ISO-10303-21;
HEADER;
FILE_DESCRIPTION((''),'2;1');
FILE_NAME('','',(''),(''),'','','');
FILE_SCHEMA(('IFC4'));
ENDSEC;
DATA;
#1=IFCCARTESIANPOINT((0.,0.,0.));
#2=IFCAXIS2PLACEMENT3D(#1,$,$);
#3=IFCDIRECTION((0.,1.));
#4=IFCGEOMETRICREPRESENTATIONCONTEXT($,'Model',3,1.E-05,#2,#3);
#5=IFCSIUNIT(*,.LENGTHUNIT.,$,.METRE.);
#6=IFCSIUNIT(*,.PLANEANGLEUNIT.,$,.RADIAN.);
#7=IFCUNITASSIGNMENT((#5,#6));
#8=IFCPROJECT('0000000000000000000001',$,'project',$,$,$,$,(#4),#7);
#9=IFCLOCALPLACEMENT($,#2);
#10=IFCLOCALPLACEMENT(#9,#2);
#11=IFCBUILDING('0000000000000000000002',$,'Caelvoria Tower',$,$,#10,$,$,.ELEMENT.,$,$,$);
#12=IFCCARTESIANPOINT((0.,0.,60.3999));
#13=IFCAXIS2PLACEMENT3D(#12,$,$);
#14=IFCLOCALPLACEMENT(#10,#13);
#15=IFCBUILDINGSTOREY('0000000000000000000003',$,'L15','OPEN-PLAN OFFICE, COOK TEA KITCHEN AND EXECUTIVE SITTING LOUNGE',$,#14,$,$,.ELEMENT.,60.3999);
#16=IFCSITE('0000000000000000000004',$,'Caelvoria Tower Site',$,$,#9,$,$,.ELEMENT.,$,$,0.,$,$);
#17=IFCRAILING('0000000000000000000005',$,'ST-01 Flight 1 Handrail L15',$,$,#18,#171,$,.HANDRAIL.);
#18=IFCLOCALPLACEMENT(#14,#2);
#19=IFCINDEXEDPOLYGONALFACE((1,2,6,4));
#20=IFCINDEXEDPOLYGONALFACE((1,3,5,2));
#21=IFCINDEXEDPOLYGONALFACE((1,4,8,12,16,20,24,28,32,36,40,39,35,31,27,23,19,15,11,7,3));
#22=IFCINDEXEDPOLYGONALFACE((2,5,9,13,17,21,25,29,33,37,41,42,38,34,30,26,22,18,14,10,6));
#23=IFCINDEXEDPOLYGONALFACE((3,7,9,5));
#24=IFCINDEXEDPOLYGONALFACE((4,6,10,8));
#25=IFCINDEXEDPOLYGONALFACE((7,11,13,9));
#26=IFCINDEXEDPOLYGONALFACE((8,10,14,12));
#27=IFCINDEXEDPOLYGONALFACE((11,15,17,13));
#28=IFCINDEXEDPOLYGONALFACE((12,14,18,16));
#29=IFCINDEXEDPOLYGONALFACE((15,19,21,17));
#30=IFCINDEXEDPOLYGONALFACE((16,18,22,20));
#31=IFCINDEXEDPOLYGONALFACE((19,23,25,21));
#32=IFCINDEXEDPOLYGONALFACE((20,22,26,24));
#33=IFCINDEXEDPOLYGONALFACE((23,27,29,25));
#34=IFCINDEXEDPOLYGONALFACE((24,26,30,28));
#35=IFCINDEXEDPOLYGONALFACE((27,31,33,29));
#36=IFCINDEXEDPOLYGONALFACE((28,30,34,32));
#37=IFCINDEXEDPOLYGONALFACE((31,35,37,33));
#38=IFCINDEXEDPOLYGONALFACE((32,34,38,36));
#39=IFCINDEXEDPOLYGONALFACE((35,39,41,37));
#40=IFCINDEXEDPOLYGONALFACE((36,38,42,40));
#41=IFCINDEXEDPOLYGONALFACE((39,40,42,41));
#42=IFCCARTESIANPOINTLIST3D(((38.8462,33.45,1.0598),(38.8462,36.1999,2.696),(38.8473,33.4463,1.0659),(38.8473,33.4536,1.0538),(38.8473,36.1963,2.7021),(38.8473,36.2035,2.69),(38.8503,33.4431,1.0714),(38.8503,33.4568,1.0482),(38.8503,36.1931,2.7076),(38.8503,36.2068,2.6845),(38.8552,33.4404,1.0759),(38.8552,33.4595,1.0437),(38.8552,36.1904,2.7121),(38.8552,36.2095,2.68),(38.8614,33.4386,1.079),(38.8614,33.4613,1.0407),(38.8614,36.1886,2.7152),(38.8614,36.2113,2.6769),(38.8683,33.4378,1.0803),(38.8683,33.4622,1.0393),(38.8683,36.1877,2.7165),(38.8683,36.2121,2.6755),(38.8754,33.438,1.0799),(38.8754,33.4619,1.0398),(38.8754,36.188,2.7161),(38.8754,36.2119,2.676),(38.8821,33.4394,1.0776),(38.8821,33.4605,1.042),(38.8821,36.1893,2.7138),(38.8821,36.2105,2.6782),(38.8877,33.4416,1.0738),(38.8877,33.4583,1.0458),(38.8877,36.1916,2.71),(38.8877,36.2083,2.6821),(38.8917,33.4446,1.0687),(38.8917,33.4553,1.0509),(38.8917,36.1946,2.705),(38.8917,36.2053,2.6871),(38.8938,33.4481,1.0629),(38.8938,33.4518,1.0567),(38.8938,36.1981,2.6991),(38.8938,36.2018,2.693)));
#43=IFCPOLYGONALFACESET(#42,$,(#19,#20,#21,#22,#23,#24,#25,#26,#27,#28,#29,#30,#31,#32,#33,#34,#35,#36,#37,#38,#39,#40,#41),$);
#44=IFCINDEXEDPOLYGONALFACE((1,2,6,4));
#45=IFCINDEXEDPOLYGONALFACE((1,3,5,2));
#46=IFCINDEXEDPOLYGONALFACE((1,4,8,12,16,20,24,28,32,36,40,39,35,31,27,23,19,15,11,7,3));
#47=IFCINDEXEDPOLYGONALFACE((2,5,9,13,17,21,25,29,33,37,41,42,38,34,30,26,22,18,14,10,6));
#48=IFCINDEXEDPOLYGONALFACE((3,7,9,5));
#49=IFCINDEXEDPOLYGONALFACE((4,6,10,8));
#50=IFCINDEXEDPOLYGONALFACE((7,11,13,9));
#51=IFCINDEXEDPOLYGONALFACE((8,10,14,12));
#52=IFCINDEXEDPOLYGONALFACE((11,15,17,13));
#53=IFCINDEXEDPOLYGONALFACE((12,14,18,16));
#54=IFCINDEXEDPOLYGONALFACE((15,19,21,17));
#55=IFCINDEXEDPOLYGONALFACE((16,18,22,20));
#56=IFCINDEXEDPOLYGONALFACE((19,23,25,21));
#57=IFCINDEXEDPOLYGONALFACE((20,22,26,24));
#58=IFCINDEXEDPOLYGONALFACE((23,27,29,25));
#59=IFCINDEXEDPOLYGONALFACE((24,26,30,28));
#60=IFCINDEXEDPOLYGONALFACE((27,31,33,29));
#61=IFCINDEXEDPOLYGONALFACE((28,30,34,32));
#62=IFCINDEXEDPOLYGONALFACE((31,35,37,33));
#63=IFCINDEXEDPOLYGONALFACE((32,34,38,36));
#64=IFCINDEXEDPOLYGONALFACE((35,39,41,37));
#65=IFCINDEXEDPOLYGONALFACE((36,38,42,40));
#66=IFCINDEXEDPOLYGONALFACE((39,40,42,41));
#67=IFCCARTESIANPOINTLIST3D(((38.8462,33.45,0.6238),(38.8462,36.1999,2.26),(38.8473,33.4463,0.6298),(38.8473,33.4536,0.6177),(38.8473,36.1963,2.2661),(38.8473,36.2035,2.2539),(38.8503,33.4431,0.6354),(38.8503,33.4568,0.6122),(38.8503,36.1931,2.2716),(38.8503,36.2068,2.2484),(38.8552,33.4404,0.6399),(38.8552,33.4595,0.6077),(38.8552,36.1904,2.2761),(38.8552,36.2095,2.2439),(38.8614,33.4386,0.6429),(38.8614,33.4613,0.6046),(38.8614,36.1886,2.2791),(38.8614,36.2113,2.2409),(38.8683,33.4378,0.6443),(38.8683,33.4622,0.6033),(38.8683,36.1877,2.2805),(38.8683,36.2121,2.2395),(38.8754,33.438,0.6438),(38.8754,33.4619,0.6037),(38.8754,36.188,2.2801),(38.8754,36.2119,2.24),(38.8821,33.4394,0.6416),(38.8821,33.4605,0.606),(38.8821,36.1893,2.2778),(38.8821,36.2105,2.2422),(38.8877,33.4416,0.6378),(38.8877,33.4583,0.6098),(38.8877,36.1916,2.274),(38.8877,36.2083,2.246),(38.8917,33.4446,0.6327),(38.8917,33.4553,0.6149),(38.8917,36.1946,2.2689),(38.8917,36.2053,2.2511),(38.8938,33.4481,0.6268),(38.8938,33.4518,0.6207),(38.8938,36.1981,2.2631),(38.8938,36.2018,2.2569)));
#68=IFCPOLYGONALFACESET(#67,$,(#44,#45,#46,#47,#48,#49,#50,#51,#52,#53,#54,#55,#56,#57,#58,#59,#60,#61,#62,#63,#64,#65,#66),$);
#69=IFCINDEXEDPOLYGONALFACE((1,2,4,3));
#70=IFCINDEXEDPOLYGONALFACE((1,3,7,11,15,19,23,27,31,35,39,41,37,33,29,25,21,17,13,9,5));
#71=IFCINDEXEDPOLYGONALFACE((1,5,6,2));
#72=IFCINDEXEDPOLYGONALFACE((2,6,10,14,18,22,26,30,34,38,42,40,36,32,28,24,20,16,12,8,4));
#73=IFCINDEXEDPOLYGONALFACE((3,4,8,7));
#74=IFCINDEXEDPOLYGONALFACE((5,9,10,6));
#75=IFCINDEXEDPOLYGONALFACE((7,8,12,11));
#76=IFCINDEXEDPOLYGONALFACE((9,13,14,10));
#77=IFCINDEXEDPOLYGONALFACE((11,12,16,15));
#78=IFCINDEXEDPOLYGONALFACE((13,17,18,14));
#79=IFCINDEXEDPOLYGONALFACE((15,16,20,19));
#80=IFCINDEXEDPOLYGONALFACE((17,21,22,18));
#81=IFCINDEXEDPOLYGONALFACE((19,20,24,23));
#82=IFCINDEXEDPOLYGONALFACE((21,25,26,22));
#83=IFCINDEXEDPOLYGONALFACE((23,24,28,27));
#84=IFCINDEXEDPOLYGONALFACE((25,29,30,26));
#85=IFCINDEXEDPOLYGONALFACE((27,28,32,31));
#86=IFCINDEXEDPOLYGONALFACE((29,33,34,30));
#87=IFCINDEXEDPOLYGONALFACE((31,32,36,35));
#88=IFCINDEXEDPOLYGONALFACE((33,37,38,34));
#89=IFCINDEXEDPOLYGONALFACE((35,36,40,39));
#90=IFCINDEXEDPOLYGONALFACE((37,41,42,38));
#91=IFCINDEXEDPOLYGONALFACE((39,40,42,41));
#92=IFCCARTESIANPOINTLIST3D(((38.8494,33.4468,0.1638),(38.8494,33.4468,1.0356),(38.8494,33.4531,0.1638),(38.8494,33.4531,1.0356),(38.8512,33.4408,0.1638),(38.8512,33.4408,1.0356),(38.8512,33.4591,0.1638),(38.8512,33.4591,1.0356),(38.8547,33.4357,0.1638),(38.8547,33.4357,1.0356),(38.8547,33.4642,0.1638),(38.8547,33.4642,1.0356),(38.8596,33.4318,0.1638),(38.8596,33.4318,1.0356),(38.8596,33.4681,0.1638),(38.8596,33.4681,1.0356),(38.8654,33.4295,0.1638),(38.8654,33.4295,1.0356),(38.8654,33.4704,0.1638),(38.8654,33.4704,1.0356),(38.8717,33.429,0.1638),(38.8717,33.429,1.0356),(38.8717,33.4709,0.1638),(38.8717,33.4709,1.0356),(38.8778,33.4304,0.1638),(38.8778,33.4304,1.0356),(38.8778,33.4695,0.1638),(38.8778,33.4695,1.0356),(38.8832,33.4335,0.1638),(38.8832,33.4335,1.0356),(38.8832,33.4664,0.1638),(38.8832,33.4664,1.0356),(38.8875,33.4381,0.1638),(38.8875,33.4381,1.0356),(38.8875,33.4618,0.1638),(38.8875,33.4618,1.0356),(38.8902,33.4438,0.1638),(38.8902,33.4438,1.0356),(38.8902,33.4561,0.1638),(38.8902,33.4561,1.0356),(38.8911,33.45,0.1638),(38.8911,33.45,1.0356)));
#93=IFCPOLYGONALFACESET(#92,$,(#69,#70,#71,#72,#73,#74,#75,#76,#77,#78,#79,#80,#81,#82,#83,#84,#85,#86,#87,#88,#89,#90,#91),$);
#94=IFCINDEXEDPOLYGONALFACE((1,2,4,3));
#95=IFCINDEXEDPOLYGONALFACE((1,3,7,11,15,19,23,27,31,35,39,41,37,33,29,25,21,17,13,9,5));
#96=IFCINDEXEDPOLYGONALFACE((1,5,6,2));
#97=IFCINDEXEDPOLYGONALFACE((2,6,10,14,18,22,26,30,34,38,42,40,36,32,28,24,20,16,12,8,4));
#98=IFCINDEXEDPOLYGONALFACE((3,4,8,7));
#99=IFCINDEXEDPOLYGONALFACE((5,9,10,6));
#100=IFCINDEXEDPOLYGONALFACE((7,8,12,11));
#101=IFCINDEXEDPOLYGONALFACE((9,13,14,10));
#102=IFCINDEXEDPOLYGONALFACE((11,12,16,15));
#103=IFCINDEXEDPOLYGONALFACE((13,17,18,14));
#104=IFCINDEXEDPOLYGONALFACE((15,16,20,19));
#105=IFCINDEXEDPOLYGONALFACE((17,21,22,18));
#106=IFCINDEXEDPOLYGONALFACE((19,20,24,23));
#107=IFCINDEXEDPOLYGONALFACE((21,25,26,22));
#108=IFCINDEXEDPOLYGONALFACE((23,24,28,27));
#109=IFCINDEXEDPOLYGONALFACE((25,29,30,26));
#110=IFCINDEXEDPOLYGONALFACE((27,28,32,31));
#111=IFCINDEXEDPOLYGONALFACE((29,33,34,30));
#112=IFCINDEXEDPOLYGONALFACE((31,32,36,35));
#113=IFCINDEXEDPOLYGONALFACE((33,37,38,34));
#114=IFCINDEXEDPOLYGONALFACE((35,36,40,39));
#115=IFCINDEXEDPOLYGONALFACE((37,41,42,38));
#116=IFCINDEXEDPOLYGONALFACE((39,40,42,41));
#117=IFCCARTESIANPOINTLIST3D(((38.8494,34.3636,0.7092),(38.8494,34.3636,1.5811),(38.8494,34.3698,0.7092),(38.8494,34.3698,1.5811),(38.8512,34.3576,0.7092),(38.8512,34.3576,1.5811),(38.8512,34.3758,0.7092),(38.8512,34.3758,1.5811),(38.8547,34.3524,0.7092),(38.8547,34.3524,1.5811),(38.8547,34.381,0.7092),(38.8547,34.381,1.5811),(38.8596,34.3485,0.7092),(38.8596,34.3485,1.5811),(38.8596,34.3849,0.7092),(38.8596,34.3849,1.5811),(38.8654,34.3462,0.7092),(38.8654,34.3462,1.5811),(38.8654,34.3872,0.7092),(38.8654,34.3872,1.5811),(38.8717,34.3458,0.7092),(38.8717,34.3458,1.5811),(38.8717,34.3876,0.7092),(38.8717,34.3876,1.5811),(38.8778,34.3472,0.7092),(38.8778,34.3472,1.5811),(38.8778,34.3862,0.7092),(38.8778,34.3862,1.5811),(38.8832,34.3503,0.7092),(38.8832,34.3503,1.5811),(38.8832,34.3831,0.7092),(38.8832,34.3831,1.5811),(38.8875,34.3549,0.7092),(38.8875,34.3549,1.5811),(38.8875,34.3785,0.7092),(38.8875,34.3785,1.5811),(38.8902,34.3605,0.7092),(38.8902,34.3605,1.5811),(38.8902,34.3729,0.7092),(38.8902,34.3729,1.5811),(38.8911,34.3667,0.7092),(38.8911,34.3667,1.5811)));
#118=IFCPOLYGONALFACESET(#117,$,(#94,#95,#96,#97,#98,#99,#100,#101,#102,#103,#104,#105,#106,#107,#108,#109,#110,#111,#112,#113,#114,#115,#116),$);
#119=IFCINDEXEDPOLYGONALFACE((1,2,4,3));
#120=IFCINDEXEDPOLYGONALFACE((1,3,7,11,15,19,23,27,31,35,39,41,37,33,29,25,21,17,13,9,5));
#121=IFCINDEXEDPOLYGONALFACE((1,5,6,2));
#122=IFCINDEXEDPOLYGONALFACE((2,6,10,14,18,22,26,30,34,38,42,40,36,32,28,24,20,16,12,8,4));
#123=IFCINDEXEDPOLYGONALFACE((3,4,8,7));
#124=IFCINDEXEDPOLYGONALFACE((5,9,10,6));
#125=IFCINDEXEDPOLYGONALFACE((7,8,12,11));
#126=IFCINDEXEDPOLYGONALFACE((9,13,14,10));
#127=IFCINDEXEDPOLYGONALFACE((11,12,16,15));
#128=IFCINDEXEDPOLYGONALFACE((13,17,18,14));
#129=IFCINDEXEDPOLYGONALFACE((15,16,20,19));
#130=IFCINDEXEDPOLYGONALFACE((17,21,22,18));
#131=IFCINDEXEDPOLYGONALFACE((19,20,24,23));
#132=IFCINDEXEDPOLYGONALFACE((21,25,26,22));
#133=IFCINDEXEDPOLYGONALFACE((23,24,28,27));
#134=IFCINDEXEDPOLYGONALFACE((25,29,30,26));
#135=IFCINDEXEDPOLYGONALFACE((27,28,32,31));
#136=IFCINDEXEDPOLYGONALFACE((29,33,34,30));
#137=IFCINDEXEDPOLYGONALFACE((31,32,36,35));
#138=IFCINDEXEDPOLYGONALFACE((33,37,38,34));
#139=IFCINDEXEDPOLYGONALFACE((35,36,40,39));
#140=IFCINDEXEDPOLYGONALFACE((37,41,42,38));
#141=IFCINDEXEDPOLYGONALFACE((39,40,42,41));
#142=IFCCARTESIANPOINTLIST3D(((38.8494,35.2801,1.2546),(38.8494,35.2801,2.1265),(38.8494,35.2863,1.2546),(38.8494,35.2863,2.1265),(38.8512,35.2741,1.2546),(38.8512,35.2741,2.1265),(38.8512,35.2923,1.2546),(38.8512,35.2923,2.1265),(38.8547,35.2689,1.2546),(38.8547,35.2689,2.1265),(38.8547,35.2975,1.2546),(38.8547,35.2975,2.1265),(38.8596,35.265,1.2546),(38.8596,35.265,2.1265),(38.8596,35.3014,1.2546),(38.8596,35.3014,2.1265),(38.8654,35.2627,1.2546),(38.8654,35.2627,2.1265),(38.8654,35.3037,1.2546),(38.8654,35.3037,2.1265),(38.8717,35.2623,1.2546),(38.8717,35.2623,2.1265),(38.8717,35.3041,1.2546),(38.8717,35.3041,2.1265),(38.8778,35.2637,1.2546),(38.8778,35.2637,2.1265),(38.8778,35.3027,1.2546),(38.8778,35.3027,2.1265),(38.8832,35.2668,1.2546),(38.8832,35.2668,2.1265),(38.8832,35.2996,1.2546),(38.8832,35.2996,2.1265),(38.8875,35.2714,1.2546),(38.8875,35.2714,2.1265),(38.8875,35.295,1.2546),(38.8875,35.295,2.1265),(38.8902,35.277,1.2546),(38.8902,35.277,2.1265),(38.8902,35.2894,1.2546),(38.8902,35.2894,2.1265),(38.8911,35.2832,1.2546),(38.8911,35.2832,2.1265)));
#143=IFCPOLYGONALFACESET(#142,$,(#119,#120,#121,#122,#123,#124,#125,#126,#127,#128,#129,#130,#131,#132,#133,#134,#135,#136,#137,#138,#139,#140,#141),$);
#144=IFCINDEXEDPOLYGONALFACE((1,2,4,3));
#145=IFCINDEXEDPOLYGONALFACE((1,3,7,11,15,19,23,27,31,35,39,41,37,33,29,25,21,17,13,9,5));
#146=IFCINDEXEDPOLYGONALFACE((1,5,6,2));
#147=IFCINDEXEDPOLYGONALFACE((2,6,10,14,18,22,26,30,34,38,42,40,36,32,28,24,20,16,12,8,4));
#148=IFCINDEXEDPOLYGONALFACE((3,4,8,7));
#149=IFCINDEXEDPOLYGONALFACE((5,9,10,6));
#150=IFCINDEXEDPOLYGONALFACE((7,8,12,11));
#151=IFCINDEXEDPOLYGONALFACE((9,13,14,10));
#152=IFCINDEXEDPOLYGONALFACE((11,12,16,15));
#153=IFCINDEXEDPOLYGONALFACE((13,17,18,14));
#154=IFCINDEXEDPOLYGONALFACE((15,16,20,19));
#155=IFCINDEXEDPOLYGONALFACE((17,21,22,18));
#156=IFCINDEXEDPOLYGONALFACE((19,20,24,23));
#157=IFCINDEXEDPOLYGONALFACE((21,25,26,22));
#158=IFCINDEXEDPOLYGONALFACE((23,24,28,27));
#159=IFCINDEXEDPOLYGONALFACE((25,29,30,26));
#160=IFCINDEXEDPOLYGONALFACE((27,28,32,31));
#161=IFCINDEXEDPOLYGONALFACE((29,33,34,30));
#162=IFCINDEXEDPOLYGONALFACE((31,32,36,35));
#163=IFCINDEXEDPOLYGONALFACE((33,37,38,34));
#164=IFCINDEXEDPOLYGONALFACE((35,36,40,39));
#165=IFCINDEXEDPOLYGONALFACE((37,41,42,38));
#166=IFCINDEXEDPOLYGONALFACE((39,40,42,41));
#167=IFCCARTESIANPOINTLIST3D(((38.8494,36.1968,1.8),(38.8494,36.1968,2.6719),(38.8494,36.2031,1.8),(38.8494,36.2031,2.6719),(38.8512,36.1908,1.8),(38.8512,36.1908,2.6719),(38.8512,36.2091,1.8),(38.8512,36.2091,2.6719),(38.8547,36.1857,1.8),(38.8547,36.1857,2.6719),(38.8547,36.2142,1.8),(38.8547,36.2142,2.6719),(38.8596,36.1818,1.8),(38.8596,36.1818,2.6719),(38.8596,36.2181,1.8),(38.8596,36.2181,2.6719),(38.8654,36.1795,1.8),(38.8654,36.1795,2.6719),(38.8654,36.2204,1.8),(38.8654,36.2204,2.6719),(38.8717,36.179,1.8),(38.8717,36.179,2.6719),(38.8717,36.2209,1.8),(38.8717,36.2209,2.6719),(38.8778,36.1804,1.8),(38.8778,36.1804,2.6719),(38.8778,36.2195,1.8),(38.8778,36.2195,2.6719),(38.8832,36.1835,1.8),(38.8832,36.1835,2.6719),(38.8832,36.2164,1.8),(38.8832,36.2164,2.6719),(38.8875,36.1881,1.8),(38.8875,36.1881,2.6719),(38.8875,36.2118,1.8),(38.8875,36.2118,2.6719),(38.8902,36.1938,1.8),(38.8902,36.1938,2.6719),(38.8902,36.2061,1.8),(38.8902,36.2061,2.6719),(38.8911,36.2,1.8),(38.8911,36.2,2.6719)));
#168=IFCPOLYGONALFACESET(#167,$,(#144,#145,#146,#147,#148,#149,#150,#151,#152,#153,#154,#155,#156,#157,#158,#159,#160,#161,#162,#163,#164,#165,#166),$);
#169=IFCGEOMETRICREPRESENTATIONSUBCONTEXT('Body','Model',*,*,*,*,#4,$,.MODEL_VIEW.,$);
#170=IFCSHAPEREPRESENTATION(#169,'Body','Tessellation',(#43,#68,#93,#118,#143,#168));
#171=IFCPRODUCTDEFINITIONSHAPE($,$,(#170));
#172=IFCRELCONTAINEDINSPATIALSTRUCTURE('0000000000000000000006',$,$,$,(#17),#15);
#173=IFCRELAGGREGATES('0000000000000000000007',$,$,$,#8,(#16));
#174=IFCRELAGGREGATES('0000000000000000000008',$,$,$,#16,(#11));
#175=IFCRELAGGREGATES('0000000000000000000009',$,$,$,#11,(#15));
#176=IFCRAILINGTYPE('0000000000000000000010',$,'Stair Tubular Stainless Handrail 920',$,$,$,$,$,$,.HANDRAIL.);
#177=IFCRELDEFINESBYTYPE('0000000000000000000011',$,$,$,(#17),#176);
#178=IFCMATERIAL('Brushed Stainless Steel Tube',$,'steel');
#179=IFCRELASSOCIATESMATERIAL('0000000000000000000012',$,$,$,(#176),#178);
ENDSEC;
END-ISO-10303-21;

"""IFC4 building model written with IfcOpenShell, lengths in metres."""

from ifc_helpers import new_model, si_unit, direction, frame, origin, origin_2d, place, context, subcontext, project, spatial, circle, extrude, material, type_object, element, save


model = new_model("IFC4")

# Units and contexts
model_context = context("Model", 3, precision=1e-05, world=origin(), true_north=direction((0.0, 1.0)))
body_context = subcontext(model_context, "Body", "Model", "MODEL_VIEW")
ifc_project = project(units=[si_unit("LENGTHUNIT", "METRE"), si_unit("PLANEANGLEUNIT", "RADIAN")], contexts=[model_context])

# Site, building, storey
site_placement = place(None, origin())
site = spatial("IfcSite", under=ifc_project, at=site_placement, Name="Caelvoria Tower Site", CompositionType="ELEMENT", RefElevation=0.0)
building_placement = place(site_placement, origin())
building = spatial("IfcBuilding", under=site, at=building_placement, Name="Caelvoria Tower", CompositionType="ELEMENT")
storey_placement = place(building_placement, frame((0.0, 0.0, 60.3999)))
storey = spatial("IfcBuildingStorey", under=building, at=storey_placement, Name="L15", Description="OPEN-PLAN OFFICE, COOK TEA KITCHEN AND EXECUTIVE SITTING LOUNGE", CompositionType="ELEMENT", Elevation=60.3999)

# Railing
ifc_material_1 = material(Name="Brushed Stainless Steel Tube", Category="steel")
railing_type_1 = type_object("IfcRailingType", Name="Stair Tubular Stainless Handrail 920", PredefinedType="HANDRAIL", material=ifc_material_1)
railing_1_placement = place(storey_placement, frame((38.8701, 33.45, 0.1638)))
element("IfcRailing", 1, at=railing_1_placement, inside=storey, type_object=railing_type_1, Name="ST-01 Flight 1 Handrail L15", PredefinedType="HANDRAIL", context=body_context, shape_type="SweptSolid", body=[
    extrude(circle(Radius=0.0239, at=origin_2d()), frame((0.0, 0.0, 0.896), z_axis=(0.0, 0.859385, 0.511328), x_axis=(-1.0, 0.0, 0.0)), (0.0, 0.0, 1.0), 3.2),
    extrude(circle(Radius=0.0239, at=origin_2d()), frame((0.0, 0.0, 0.46), z_axis=(0.0, 0.859385, 0.511328), x_axis=(-1.0, 0.0, 0.0)), (0.0, 0.0, 1.0), 3.2),
    extrude(circle(Radius=0.021, at=origin_2d()), origin(), (0.0, 0.0, 1.0), 0.8718),
    extrude(circle(Radius=0.021, at=origin_2d()), frame((0.0, 0.9167, 0.5454)), (0.0, 0.0, 1.0), 0.8718),
    extrude(circle(Radius=0.021, at=origin_2d()), frame((0.0, 1.8333, 1.0908)), (0.0, 0.0, 1.0), 0.8718),
    extrude(circle(Radius=0.021, at=origin_2d()), frame((0.0, 2.75, 1.6362)), (0.0, 0.0, 1.0), 0.8718),
])

save(model, "model.ifc")
